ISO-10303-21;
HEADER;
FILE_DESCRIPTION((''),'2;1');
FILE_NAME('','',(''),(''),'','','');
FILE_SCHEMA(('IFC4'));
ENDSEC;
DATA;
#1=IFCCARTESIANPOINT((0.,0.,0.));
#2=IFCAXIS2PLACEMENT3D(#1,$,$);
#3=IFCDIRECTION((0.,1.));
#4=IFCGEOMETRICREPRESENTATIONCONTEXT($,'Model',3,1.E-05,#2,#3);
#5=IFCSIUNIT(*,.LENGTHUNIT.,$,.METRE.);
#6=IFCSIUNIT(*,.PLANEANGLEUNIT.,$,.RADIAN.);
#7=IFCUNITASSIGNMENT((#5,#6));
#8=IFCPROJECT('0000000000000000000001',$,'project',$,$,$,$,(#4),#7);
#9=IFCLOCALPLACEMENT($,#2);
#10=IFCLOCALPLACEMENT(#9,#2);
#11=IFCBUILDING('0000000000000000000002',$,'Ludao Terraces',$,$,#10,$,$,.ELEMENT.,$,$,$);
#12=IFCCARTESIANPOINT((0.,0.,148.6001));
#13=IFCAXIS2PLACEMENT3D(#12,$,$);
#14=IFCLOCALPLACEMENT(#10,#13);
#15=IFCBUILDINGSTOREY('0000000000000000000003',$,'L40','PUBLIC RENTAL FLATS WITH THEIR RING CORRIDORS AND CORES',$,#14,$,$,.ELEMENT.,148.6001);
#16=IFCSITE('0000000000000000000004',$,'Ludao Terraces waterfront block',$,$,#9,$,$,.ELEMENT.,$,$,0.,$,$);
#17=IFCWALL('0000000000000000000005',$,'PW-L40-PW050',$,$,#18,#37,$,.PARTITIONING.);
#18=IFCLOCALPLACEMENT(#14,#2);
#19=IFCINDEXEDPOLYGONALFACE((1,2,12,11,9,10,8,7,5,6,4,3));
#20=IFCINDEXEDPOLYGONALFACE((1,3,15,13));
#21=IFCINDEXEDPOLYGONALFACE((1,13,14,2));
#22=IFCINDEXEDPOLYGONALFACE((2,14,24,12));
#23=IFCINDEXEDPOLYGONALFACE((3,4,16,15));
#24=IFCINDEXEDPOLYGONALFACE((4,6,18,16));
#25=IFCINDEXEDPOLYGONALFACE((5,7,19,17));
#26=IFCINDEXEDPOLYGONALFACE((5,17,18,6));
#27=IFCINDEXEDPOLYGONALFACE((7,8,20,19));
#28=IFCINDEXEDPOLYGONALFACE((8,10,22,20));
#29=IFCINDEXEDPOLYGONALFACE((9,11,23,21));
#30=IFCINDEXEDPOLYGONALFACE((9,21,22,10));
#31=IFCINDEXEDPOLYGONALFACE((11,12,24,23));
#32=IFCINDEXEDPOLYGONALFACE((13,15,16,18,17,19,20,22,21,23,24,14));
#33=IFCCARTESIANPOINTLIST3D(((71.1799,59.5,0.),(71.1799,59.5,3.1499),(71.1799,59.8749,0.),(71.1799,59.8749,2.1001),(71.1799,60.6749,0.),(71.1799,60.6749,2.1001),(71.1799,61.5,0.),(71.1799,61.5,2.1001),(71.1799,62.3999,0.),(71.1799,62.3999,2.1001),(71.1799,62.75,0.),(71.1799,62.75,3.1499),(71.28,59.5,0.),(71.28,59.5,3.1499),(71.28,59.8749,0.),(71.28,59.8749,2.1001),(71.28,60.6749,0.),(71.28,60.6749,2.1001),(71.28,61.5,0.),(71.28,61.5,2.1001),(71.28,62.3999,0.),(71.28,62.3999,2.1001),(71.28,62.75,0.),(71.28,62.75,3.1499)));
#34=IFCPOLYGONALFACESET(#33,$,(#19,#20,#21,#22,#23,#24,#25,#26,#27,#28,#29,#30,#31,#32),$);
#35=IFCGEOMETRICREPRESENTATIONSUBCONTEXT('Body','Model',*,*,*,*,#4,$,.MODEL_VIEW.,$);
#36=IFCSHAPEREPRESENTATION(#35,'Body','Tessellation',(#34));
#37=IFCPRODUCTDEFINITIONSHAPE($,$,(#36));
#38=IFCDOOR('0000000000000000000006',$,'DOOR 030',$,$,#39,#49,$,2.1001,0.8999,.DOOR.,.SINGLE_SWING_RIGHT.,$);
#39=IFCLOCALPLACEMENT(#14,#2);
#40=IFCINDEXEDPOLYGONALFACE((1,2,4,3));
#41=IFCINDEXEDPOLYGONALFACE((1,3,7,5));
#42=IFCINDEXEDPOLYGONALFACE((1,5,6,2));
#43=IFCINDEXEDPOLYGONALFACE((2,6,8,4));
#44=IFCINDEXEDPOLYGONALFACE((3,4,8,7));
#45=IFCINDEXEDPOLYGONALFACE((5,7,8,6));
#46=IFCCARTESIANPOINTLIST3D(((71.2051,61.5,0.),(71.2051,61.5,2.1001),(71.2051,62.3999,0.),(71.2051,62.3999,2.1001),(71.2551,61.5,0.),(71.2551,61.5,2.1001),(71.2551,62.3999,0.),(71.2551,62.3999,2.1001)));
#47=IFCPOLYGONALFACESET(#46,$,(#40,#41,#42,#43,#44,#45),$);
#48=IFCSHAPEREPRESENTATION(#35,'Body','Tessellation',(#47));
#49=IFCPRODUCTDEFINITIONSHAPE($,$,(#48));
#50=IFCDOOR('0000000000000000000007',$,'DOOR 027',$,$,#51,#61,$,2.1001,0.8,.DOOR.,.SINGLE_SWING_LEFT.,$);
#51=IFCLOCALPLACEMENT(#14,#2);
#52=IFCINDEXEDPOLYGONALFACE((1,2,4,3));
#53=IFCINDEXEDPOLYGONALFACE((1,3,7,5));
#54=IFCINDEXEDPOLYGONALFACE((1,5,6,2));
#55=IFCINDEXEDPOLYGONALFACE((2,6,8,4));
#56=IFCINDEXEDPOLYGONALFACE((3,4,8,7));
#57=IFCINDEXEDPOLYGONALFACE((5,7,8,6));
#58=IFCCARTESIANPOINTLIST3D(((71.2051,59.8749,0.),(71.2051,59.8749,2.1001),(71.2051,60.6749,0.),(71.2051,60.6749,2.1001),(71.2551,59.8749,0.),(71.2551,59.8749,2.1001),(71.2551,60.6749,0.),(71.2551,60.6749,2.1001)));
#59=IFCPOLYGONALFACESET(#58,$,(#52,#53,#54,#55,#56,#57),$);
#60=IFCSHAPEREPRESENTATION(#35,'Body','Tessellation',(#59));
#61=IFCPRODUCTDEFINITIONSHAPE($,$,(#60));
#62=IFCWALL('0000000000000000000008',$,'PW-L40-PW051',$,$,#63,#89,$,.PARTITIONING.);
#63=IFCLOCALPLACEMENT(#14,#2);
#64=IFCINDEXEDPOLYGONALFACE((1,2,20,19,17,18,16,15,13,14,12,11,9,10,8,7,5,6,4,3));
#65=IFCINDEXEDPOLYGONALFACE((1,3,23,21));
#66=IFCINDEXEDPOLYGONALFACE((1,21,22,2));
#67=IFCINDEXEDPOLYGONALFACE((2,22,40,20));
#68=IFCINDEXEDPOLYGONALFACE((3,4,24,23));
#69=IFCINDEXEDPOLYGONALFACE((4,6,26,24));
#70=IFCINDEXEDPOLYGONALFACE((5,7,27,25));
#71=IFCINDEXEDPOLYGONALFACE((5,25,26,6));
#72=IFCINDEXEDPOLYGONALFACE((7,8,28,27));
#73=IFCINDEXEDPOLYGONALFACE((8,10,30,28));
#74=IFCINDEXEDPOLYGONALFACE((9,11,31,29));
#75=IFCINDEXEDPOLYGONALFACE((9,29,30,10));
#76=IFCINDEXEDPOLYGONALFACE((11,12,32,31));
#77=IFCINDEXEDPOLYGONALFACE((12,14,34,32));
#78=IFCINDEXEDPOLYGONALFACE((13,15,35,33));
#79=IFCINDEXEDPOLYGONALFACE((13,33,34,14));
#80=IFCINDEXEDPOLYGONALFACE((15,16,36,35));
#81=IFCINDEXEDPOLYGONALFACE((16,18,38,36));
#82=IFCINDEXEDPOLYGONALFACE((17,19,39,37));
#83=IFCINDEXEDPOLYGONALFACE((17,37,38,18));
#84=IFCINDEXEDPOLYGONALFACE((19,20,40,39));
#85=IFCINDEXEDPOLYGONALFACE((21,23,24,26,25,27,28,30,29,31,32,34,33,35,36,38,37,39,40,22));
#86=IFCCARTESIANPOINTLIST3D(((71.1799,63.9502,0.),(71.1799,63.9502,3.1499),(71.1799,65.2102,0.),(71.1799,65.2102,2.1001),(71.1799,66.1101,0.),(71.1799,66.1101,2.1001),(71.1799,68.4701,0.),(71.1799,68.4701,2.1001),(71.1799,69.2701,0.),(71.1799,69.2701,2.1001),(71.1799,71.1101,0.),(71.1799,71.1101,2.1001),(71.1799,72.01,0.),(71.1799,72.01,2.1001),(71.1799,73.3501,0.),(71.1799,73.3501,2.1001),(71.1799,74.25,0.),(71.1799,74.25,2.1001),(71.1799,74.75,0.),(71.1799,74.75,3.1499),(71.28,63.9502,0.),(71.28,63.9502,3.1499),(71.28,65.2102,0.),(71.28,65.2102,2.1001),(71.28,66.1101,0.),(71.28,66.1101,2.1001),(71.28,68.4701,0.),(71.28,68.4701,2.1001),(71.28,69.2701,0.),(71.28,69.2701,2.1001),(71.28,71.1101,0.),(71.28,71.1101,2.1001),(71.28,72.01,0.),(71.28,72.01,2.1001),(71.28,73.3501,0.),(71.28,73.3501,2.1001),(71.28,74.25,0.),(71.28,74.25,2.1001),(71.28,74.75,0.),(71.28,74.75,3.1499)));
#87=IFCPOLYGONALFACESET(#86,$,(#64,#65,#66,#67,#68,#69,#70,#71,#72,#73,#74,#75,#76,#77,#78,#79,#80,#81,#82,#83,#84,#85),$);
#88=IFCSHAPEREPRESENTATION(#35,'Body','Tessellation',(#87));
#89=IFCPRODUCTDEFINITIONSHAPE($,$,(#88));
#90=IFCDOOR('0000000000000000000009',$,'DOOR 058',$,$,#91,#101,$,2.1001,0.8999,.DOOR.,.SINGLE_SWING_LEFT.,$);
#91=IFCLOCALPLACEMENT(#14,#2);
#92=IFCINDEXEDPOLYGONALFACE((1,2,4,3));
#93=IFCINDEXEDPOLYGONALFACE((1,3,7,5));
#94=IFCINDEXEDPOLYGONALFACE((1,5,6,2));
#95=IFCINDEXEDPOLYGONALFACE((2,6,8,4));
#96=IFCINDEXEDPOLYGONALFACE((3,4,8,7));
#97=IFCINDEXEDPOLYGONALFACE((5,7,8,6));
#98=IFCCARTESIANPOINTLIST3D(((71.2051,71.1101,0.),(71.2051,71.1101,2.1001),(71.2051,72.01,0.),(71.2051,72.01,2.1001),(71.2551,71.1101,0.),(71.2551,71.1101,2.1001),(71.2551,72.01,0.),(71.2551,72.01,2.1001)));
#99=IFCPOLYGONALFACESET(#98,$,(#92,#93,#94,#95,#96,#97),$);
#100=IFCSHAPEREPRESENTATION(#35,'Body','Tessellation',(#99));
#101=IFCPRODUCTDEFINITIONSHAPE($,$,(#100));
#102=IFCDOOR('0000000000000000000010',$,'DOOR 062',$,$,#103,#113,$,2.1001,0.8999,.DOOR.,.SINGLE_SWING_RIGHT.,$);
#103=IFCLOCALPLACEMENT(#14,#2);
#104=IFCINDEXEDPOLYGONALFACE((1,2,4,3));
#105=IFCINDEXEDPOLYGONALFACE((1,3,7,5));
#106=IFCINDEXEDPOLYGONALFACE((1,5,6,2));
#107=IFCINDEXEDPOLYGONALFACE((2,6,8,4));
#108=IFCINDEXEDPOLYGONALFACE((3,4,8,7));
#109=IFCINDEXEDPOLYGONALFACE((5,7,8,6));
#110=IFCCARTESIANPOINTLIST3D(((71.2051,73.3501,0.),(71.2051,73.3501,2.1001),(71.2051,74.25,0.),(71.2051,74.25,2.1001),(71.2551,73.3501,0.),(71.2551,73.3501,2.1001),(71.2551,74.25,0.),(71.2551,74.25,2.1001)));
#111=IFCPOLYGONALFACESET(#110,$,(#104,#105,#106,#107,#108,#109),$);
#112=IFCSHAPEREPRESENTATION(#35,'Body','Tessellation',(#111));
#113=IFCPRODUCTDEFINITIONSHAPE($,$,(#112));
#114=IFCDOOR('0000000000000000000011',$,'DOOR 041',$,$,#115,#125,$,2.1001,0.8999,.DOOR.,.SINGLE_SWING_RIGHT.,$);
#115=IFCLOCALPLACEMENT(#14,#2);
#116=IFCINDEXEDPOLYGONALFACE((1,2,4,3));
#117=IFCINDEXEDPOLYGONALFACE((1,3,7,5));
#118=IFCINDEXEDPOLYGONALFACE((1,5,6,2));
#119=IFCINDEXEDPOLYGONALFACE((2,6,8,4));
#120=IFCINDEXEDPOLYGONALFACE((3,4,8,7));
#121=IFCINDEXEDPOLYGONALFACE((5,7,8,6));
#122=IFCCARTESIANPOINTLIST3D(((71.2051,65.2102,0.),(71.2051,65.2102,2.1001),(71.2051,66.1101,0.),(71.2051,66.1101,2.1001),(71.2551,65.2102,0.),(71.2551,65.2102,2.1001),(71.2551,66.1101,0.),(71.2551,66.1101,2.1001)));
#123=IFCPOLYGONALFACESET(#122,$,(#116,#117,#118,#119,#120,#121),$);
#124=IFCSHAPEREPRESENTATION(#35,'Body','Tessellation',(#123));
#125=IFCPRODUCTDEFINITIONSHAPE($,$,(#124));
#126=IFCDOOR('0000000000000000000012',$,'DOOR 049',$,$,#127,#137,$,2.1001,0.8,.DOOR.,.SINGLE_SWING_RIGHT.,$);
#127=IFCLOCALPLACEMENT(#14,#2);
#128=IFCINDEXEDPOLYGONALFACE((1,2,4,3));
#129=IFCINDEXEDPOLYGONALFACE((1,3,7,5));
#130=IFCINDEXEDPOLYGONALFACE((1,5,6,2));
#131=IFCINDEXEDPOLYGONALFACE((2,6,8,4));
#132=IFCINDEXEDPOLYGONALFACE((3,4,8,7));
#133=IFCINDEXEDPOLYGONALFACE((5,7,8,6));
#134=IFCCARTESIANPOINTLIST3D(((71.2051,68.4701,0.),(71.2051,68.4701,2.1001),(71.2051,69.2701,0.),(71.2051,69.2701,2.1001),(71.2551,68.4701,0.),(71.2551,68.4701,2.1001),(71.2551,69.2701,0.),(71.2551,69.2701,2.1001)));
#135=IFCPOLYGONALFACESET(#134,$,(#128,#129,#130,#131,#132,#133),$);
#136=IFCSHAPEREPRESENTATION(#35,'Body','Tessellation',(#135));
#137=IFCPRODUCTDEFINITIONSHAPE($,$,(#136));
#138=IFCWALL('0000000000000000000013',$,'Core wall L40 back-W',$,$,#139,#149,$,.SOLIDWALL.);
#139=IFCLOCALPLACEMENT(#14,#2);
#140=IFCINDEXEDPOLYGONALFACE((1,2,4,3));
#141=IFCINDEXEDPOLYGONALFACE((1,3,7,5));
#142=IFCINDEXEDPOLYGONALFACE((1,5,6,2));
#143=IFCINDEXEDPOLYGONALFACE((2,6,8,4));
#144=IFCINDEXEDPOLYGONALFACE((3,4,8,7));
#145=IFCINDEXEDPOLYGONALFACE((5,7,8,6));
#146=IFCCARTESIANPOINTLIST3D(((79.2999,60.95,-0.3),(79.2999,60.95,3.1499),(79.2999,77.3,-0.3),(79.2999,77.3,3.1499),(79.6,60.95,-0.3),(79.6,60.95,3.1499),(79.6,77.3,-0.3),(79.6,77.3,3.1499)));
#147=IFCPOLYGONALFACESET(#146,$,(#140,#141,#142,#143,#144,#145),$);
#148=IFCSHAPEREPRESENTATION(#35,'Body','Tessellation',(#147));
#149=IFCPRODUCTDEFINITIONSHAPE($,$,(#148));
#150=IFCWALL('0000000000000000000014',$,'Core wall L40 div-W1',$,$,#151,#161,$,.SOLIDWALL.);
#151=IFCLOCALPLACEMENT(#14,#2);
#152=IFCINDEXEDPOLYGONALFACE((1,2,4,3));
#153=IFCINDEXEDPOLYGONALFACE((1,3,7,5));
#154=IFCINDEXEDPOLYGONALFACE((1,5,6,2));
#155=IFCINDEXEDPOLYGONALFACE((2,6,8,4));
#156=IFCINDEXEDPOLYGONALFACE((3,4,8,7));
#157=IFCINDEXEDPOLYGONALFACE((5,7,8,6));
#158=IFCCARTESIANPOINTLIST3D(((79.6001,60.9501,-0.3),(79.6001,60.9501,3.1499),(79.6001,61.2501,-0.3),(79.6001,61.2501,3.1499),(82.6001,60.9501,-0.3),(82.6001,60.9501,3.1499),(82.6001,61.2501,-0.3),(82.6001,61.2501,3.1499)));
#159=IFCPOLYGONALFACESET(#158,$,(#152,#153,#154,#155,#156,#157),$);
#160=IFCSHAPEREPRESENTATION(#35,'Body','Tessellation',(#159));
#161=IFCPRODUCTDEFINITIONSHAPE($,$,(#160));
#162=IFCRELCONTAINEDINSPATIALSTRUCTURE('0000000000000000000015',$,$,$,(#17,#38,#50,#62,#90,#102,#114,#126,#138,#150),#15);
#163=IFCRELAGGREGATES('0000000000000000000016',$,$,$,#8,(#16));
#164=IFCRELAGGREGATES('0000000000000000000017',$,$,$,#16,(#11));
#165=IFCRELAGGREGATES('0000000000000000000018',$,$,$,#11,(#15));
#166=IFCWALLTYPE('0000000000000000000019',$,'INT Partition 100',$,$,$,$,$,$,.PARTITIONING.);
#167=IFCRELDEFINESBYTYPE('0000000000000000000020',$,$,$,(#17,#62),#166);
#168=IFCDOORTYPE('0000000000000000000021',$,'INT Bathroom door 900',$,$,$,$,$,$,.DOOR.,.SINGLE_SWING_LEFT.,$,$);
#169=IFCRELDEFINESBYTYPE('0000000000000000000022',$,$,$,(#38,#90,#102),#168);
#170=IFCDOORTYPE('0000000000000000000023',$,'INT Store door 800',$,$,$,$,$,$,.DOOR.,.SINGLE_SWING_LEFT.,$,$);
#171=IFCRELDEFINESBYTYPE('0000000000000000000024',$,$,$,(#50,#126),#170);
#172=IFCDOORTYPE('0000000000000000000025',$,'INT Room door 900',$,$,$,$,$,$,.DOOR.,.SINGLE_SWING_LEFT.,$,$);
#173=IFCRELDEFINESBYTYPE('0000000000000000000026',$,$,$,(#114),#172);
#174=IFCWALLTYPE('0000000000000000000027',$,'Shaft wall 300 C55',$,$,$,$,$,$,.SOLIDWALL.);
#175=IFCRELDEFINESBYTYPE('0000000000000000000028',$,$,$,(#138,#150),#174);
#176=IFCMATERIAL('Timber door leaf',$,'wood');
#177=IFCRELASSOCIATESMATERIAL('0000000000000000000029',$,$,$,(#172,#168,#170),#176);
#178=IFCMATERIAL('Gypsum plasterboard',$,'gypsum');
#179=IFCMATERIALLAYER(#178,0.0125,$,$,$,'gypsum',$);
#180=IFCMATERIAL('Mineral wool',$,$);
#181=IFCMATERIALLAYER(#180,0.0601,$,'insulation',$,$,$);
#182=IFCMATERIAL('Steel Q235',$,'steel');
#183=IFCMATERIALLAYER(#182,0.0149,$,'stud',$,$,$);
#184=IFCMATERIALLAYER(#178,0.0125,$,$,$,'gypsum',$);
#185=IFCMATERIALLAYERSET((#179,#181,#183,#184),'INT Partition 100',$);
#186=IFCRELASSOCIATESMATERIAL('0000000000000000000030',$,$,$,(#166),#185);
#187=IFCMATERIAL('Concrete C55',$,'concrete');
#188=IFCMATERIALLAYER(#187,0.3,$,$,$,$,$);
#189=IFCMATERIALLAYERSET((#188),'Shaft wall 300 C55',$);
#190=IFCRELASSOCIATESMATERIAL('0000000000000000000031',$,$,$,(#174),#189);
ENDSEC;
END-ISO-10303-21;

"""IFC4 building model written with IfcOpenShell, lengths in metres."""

from ifc_helpers import new_model, si_unit, direction, frame, frame_2d, origin, place, context, subcontext, project, spatial, rectangle, extrude, material, layer, layer_set, type_object, element, fill, save


model = new_model("IFC4")

# Units and contexts
model_context = context("Model", 3, precision=1e-05, world=origin(), true_north=direction((0.0, 1.0)))
body_context = subcontext(model_context, "Body", "Model", "MODEL_VIEW")
ifc_project = project(units=[si_unit("LENGTHUNIT", "METRE"), si_unit("PLANEANGLEUNIT", "RADIAN")], contexts=[model_context])

# Site, building, storey
site_placement = place(None, origin())
site = spatial("IfcSite", under=ifc_project, at=site_placement, Name="Ludao Terraces waterfront block", CompositionType="ELEMENT", RefElevation=0.0)
building_placement = place(site_placement, origin())
building = spatial("IfcBuilding", under=site, at=building_placement, Name="Ludao Terraces", CompositionType="ELEMENT")
storey_placement = place(building_placement, frame((0.0, 0.0, 148.6001)))
storey = spatial("IfcBuildingStorey", under=building, at=storey_placement, Name="L40", Description="PUBLIC RENTAL FLATS WITH THEIR RING CORRIDORS AND CORES", CompositionType="ELEMENT", Elevation=148.6001)

# Shared definitions
ifc_material_1 = material(Name="Steel Q235", Category="steel")
ifc_material_2 = material(Name="Mineral wool")
ifc_material_3 = material(Name="Timber door leaf", Category="wood")
door_type_1 = type_object("IfcDoorType", Name="INT Room door 900", OperationType="SINGLE_SWING_LEFT", PredefinedType="DOOR", material=ifc_material_3)

# Shared definitions
ifc_material_4 = material(Name="Gypsum plasterboard", Category="gypsum")
ifc_layer_1 = layer(ifc_material_4, 0.0125, Category="gypsum")
ifc_layer_2 = layer(ifc_material_2, 0.0601, Name="insulation")
ifc_layer_3 = layer(ifc_material_1, 0.0149, Name="stud")
ifc_layer_4 = layer(ifc_material_4, 0.0125, Category="gypsum")
ifc_layer_set_1 = layer_set([ifc_layer_1, ifc_layer_2, ifc_layer_3, ifc_layer_4], Name="INT Partition 100")
wall_type_1 = type_object("IfcWallType", Name="INT Partition 100", PredefinedType="PARTITIONING", material=ifc_layer_set_1)

# Walls, openings, doors
wall_1_placement = place(storey_placement, frame((71.23, 59.5, 0.0), z_axis=(0.0, 0.0, 1.0), x_axis=(0.0, 1.0, 0.0)))
wall_1 = element("IfcWall", 1, at=wall_1_placement, inside=storey, type_object=wall_type_1, Name="PW-L40-PW050", PredefinedType="PARTITIONING", context=body_context, shape_type="SweptSolid", body=[
    extrude(rectangle(XDim=3.25, YDim=0.1001, at=frame_2d((1.625, 0.0))), origin(), (0.0, 0.0, 1.0), 3.1499),
])
opening_1_placement = place(wall_1_placement, frame((0.375, 0.0, 0.0)))
opening_1 = element("IfcOpeningElement", 2, at=opening_1_placement, cuts=wall_1, PredefinedType="OPENING", context=body_context, shape_type="SweptSolid", body=[
    extrude(rectangle(XDim=0.8, YDim=2.1001, at=frame_2d((0.3999, 1.05))), frame((0.0, 0.0601, 0.0), z_axis=(0.0, -1.0, 0.0), x_axis=(1.0, 0.0, 0.0)), (0.0, 0.0, 1.0), 0.1201),
])
opening_2_placement = place(wall_1_placement, frame((2.0, 0.0, 0.0)))
opening_2 = element("IfcOpeningElement", 3, at=opening_2_placement, cuts=wall_1, PredefinedType="OPENING", context=body_context, shape_type="SweptSolid", body=[
    extrude(rectangle(XDim=0.8999, YDim=2.1001, at=frame_2d((0.45, 1.05))), frame((0.0, 0.0601, 0.0), z_axis=(0.0, -1.0, 0.0), x_axis=(1.0, 0.0, 0.0)), (0.0, 0.0, 1.0), 0.1201),
])
door_type_2 = type_object("IfcDoorType", Name="INT Bathroom door 900", OperationType="SINGLE_SWING_LEFT", PredefinedType="DOOR", material=ifc_material_3)
door_1_placement = place(opening_2_placement, origin())
door_1 = element("IfcDoor", 4, at=door_1_placement, inside=storey, type_object=door_type_2, Name="DOOR 030", OperationType="SINGLE_SWING_RIGHT", OverallHeight=2.1001, OverallWidth=0.8999, PredefinedType="DOOR", context=body_context, shape_type="SweptSolid", body=[
    extrude(rectangle(XDim=0.8999, YDim=2.1001, at=frame_2d((0.45, 1.05))), frame((0.0, 0.0249, 0.0), z_axis=(0.0, -1.0, 0.0), x_axis=(1.0, 0.0, 0.0)), (0.0, 0.0, 1.0), 0.05),
])
fill(opening_2, door_1)
door_type_3 = type_object("IfcDoorType", Name="INT Store door 800", OperationType="SINGLE_SWING_LEFT", PredefinedType="DOOR", material=ifc_material_3)
door_2_placement = place(opening_1_placement, origin())
door_2 = element("IfcDoor", 5, at=door_2_placement, inside=storey, type_object=door_type_3, Name="DOOR 027", OperationType="SINGLE_SWING_LEFT", OverallHeight=2.1001, OverallWidth=0.8, PredefinedType="DOOR", context=body_context, shape_type="SweptSolid", body=[
    extrude(rectangle(XDim=0.8, YDim=2.1001, at=frame_2d((0.3999, 1.05))), frame((0.0, 0.0249, 0.0), z_axis=(0.0, -1.0, 0.0), x_axis=(1.0, 0.0, 0.0)), (0.0, 0.0, 1.0), 0.05),
])
fill(opening_1, door_2)
wall_2_placement = place(storey_placement, frame((71.23, 63.9502, 0.0), z_axis=(0.0, 0.0, 1.0), x_axis=(0.0, 1.0, 0.0)))
wall_2 = element("IfcWall", 6, at=wall_2_placement, inside=storey, type_object=wall_type_1, Name="PW-L40-PW051", PredefinedType="PARTITIONING", context=body_context, shape_type="SweptSolid", body=[
    extrude(rectangle(XDim=10.7998, YDim=0.1001, at=frame_2d((5.3999, 0.0))), origin(), (0.0, 0.0, 1.0), 3.1499),
])
opening_3_placement = place(wall_2_placement, frame((1.26, 0.0, 0.0)))
opening_3 = element("IfcOpeningElement", 7, at=opening_3_placement, cuts=wall_2, PredefinedType="OPENING", context=body_context, shape_type="SweptSolid", body=[
    extrude(rectangle(XDim=0.8999, YDim=2.1001, at=frame_2d((0.45, 1.05))), frame((0.0, 0.0601, 0.0), z_axis=(0.0, -1.0, 0.0), x_axis=(1.0, 0.0, 0.0)), (0.0, 0.0, 1.0), 0.1201),
])
opening_4_placement = place(wall_2_placement, frame((4.52, 0.0, 0.0)))
opening_4 = element("IfcOpeningElement", 8, at=opening_4_placement, cuts=wall_2, PredefinedType="OPENING", context=body_context, shape_type="SweptSolid", body=[
    extrude(rectangle(XDim=0.8, YDim=2.1001, at=frame_2d((0.3999, 1.05))), frame((0.0, 0.0601, 0.0), z_axis=(0.0, -1.0, 0.0), x_axis=(1.0, 0.0, 0.0)), (0.0, 0.0, 1.0), 0.1201),
])
opening_5_placement = place(wall_2_placement, frame((7.1599, 0.0, 0.0)))
opening_5 = element("IfcOpeningElement", 9, at=opening_5_placement, cuts=wall_2, PredefinedType="OPENING", context=body_context, shape_type="SweptSolid", body=[
    extrude(rectangle(XDim=0.8999, YDim=2.1001, at=frame_2d((0.45, 1.05))), frame((0.0, 0.0601, 0.0), z_axis=(0.0, -1.0, 0.0), x_axis=(1.0, 0.0, 0.0)), (0.0, 0.0, 1.0), 0.1201),
])
opening_6_placement = place(wall_2_placement, frame((9.3999, 0.0, 0.0)))
opening_6 = element("IfcOpeningElement", 10, at=opening_6_placement, cuts=wall_2, PredefinedType="OPENING", context=body_context, shape_type="SweptSolid", body=[
    extrude(rectangle(XDim=0.8999, YDim=2.1001, at=frame_2d((0.45, 1.05))), frame((0.0, 0.0601, 0.0), z_axis=(0.0, -1.0, 0.0), x_axis=(1.0, 0.0, 0.0)), (0.0, 0.0, 1.0), 0.1201),
])
door_3_placement = place(opening_5_placement, origin())
door_3 = element("IfcDoor", 11, at=door_3_placement, inside=storey, type_object=door_type_2, Name="DOOR 058", OperationType="SINGLE_SWING_LEFT", OverallHeight=2.1001, OverallWidth=0.8999, PredefinedType="DOOR", context=body_context, shape_type="SweptSolid", body=[
    extrude(rectangle(XDim=0.8999, YDim=2.1001, at=frame_2d((0.45, 1.05))), frame((0.0, 0.0249, 0.0), z_axis=(0.0, -1.0, 0.0), x_axis=(1.0, 0.0, 0.0)), (0.0, 0.0, 1.0), 0.05),
])
fill(opening_5, door_3)
door_4_placement = place(opening_6_placement, origin())
door_4 = element("IfcDoor", 12, at=door_4_placement, inside=storey, type_object=door_type_2, Name="DOOR 062", OperationType="SINGLE_SWING_RIGHT", OverallHeight=2.1001, OverallWidth=0.8999, PredefinedType="DOOR", context=body_context, shape_type="SweptSolid", body=[
    extrude(rectangle(XDim=0.8999, YDim=2.1001, at=frame_2d((0.45, 1.05))), frame((0.0, 0.0249, 0.0), z_axis=(0.0, -1.0, 0.0), x_axis=(1.0, 0.0, 0.0)), (0.0, 0.0, 1.0), 0.05),
])
fill(opening_6, door_4)
door_5_placement = place(opening_3_placement, origin())
door_5 = element("IfcDoor", 13, at=door_5_placement, inside=storey, type_object=door_type_1, Name="DOOR 041", OperationType="SINGLE_SWING_RIGHT", OverallHeight=2.1001, OverallWidth=0.8999, PredefinedType="DOOR", context=body_context, shape_type="SweptSolid", body=[
    extrude(rectangle(XDim=0.8999, YDim=2.1001, at=frame_2d((0.45, 1.05))), frame((0.0, 0.0249, 0.0), z_axis=(0.0, -1.0, 0.0), x_axis=(1.0, 0.0, 0.0)), (0.0, 0.0, 1.0), 0.05),
])
fill(opening_3, door_5)
door_6_placement = place(opening_4_placement, origin())
door_6 = element("IfcDoor", 14, at=door_6_placement, inside=storey, type_object=door_type_3, Name="DOOR 049", OperationType="SINGLE_SWING_RIGHT", OverallHeight=2.1001, OverallWidth=0.8, PredefinedType="DOOR", context=body_context, shape_type="SweptSolid", body=[
    extrude(rectangle(XDim=0.8, YDim=2.1001, at=frame_2d((0.3999, 1.05))), frame((0.0, 0.0249, 0.0), z_axis=(0.0, -1.0, 0.0), x_axis=(1.0, 0.0, 0.0)), (0.0, 0.0, 1.0), 0.05),
])
fill(opening_4, door_6)

# Walls
ifc_material_5 = material(Name="Concrete C55", Category="concrete")
ifc_layer_5 = layer(ifc_material_5, 0.3)
ifc_layer_set_2 = layer_set([ifc_layer_5], Name="Shaft wall 300 C55")
wall_type_2 = type_object("IfcWallType", Name="Shaft wall 300 C55", PredefinedType="SOLIDWALL", material=ifc_layer_set_2)
wall_3_placement = place(storey_placement, frame((79.45, 60.95, -0.3), z_axis=(0.0, 0.0, 1.0), x_axis=(0.0, 1.0, 0.0)))
element("IfcWall", 15, at=wall_3_placement, inside=storey, type_object=wall_type_2, Name="Core wall L40 back-W", PredefinedType="SOLIDWALL", context=body_context, shape_type="SweptSolid", body=[
    extrude(rectangle(XDim=16.3501, YDim=0.3, at=frame_2d((8.175, 0.0))), origin(), (0.0, 0.0, 1.0), 3.45),
])
wall_4_placement = place(storey_placement, frame((79.6001, 61.1001, -0.3), z_axis=(0.0, 0.0, 1.0), x_axis=(1.0, 0.0, 0.0)))
element("IfcWall", 16, at=wall_4_placement, inside=storey, type_object=wall_type_2, Name="Core wall L40 div-W1", PredefinedType="SOLIDWALL", context=body_context, shape_type="SweptSolid", body=[
    extrude(rectangle(XDim=3.0, YDim=0.3, at=frame_2d((1.5, 0.0))), origin(), (0.0, 0.0, 1.0), 3.45),
])

save(model, "model.ifc")
